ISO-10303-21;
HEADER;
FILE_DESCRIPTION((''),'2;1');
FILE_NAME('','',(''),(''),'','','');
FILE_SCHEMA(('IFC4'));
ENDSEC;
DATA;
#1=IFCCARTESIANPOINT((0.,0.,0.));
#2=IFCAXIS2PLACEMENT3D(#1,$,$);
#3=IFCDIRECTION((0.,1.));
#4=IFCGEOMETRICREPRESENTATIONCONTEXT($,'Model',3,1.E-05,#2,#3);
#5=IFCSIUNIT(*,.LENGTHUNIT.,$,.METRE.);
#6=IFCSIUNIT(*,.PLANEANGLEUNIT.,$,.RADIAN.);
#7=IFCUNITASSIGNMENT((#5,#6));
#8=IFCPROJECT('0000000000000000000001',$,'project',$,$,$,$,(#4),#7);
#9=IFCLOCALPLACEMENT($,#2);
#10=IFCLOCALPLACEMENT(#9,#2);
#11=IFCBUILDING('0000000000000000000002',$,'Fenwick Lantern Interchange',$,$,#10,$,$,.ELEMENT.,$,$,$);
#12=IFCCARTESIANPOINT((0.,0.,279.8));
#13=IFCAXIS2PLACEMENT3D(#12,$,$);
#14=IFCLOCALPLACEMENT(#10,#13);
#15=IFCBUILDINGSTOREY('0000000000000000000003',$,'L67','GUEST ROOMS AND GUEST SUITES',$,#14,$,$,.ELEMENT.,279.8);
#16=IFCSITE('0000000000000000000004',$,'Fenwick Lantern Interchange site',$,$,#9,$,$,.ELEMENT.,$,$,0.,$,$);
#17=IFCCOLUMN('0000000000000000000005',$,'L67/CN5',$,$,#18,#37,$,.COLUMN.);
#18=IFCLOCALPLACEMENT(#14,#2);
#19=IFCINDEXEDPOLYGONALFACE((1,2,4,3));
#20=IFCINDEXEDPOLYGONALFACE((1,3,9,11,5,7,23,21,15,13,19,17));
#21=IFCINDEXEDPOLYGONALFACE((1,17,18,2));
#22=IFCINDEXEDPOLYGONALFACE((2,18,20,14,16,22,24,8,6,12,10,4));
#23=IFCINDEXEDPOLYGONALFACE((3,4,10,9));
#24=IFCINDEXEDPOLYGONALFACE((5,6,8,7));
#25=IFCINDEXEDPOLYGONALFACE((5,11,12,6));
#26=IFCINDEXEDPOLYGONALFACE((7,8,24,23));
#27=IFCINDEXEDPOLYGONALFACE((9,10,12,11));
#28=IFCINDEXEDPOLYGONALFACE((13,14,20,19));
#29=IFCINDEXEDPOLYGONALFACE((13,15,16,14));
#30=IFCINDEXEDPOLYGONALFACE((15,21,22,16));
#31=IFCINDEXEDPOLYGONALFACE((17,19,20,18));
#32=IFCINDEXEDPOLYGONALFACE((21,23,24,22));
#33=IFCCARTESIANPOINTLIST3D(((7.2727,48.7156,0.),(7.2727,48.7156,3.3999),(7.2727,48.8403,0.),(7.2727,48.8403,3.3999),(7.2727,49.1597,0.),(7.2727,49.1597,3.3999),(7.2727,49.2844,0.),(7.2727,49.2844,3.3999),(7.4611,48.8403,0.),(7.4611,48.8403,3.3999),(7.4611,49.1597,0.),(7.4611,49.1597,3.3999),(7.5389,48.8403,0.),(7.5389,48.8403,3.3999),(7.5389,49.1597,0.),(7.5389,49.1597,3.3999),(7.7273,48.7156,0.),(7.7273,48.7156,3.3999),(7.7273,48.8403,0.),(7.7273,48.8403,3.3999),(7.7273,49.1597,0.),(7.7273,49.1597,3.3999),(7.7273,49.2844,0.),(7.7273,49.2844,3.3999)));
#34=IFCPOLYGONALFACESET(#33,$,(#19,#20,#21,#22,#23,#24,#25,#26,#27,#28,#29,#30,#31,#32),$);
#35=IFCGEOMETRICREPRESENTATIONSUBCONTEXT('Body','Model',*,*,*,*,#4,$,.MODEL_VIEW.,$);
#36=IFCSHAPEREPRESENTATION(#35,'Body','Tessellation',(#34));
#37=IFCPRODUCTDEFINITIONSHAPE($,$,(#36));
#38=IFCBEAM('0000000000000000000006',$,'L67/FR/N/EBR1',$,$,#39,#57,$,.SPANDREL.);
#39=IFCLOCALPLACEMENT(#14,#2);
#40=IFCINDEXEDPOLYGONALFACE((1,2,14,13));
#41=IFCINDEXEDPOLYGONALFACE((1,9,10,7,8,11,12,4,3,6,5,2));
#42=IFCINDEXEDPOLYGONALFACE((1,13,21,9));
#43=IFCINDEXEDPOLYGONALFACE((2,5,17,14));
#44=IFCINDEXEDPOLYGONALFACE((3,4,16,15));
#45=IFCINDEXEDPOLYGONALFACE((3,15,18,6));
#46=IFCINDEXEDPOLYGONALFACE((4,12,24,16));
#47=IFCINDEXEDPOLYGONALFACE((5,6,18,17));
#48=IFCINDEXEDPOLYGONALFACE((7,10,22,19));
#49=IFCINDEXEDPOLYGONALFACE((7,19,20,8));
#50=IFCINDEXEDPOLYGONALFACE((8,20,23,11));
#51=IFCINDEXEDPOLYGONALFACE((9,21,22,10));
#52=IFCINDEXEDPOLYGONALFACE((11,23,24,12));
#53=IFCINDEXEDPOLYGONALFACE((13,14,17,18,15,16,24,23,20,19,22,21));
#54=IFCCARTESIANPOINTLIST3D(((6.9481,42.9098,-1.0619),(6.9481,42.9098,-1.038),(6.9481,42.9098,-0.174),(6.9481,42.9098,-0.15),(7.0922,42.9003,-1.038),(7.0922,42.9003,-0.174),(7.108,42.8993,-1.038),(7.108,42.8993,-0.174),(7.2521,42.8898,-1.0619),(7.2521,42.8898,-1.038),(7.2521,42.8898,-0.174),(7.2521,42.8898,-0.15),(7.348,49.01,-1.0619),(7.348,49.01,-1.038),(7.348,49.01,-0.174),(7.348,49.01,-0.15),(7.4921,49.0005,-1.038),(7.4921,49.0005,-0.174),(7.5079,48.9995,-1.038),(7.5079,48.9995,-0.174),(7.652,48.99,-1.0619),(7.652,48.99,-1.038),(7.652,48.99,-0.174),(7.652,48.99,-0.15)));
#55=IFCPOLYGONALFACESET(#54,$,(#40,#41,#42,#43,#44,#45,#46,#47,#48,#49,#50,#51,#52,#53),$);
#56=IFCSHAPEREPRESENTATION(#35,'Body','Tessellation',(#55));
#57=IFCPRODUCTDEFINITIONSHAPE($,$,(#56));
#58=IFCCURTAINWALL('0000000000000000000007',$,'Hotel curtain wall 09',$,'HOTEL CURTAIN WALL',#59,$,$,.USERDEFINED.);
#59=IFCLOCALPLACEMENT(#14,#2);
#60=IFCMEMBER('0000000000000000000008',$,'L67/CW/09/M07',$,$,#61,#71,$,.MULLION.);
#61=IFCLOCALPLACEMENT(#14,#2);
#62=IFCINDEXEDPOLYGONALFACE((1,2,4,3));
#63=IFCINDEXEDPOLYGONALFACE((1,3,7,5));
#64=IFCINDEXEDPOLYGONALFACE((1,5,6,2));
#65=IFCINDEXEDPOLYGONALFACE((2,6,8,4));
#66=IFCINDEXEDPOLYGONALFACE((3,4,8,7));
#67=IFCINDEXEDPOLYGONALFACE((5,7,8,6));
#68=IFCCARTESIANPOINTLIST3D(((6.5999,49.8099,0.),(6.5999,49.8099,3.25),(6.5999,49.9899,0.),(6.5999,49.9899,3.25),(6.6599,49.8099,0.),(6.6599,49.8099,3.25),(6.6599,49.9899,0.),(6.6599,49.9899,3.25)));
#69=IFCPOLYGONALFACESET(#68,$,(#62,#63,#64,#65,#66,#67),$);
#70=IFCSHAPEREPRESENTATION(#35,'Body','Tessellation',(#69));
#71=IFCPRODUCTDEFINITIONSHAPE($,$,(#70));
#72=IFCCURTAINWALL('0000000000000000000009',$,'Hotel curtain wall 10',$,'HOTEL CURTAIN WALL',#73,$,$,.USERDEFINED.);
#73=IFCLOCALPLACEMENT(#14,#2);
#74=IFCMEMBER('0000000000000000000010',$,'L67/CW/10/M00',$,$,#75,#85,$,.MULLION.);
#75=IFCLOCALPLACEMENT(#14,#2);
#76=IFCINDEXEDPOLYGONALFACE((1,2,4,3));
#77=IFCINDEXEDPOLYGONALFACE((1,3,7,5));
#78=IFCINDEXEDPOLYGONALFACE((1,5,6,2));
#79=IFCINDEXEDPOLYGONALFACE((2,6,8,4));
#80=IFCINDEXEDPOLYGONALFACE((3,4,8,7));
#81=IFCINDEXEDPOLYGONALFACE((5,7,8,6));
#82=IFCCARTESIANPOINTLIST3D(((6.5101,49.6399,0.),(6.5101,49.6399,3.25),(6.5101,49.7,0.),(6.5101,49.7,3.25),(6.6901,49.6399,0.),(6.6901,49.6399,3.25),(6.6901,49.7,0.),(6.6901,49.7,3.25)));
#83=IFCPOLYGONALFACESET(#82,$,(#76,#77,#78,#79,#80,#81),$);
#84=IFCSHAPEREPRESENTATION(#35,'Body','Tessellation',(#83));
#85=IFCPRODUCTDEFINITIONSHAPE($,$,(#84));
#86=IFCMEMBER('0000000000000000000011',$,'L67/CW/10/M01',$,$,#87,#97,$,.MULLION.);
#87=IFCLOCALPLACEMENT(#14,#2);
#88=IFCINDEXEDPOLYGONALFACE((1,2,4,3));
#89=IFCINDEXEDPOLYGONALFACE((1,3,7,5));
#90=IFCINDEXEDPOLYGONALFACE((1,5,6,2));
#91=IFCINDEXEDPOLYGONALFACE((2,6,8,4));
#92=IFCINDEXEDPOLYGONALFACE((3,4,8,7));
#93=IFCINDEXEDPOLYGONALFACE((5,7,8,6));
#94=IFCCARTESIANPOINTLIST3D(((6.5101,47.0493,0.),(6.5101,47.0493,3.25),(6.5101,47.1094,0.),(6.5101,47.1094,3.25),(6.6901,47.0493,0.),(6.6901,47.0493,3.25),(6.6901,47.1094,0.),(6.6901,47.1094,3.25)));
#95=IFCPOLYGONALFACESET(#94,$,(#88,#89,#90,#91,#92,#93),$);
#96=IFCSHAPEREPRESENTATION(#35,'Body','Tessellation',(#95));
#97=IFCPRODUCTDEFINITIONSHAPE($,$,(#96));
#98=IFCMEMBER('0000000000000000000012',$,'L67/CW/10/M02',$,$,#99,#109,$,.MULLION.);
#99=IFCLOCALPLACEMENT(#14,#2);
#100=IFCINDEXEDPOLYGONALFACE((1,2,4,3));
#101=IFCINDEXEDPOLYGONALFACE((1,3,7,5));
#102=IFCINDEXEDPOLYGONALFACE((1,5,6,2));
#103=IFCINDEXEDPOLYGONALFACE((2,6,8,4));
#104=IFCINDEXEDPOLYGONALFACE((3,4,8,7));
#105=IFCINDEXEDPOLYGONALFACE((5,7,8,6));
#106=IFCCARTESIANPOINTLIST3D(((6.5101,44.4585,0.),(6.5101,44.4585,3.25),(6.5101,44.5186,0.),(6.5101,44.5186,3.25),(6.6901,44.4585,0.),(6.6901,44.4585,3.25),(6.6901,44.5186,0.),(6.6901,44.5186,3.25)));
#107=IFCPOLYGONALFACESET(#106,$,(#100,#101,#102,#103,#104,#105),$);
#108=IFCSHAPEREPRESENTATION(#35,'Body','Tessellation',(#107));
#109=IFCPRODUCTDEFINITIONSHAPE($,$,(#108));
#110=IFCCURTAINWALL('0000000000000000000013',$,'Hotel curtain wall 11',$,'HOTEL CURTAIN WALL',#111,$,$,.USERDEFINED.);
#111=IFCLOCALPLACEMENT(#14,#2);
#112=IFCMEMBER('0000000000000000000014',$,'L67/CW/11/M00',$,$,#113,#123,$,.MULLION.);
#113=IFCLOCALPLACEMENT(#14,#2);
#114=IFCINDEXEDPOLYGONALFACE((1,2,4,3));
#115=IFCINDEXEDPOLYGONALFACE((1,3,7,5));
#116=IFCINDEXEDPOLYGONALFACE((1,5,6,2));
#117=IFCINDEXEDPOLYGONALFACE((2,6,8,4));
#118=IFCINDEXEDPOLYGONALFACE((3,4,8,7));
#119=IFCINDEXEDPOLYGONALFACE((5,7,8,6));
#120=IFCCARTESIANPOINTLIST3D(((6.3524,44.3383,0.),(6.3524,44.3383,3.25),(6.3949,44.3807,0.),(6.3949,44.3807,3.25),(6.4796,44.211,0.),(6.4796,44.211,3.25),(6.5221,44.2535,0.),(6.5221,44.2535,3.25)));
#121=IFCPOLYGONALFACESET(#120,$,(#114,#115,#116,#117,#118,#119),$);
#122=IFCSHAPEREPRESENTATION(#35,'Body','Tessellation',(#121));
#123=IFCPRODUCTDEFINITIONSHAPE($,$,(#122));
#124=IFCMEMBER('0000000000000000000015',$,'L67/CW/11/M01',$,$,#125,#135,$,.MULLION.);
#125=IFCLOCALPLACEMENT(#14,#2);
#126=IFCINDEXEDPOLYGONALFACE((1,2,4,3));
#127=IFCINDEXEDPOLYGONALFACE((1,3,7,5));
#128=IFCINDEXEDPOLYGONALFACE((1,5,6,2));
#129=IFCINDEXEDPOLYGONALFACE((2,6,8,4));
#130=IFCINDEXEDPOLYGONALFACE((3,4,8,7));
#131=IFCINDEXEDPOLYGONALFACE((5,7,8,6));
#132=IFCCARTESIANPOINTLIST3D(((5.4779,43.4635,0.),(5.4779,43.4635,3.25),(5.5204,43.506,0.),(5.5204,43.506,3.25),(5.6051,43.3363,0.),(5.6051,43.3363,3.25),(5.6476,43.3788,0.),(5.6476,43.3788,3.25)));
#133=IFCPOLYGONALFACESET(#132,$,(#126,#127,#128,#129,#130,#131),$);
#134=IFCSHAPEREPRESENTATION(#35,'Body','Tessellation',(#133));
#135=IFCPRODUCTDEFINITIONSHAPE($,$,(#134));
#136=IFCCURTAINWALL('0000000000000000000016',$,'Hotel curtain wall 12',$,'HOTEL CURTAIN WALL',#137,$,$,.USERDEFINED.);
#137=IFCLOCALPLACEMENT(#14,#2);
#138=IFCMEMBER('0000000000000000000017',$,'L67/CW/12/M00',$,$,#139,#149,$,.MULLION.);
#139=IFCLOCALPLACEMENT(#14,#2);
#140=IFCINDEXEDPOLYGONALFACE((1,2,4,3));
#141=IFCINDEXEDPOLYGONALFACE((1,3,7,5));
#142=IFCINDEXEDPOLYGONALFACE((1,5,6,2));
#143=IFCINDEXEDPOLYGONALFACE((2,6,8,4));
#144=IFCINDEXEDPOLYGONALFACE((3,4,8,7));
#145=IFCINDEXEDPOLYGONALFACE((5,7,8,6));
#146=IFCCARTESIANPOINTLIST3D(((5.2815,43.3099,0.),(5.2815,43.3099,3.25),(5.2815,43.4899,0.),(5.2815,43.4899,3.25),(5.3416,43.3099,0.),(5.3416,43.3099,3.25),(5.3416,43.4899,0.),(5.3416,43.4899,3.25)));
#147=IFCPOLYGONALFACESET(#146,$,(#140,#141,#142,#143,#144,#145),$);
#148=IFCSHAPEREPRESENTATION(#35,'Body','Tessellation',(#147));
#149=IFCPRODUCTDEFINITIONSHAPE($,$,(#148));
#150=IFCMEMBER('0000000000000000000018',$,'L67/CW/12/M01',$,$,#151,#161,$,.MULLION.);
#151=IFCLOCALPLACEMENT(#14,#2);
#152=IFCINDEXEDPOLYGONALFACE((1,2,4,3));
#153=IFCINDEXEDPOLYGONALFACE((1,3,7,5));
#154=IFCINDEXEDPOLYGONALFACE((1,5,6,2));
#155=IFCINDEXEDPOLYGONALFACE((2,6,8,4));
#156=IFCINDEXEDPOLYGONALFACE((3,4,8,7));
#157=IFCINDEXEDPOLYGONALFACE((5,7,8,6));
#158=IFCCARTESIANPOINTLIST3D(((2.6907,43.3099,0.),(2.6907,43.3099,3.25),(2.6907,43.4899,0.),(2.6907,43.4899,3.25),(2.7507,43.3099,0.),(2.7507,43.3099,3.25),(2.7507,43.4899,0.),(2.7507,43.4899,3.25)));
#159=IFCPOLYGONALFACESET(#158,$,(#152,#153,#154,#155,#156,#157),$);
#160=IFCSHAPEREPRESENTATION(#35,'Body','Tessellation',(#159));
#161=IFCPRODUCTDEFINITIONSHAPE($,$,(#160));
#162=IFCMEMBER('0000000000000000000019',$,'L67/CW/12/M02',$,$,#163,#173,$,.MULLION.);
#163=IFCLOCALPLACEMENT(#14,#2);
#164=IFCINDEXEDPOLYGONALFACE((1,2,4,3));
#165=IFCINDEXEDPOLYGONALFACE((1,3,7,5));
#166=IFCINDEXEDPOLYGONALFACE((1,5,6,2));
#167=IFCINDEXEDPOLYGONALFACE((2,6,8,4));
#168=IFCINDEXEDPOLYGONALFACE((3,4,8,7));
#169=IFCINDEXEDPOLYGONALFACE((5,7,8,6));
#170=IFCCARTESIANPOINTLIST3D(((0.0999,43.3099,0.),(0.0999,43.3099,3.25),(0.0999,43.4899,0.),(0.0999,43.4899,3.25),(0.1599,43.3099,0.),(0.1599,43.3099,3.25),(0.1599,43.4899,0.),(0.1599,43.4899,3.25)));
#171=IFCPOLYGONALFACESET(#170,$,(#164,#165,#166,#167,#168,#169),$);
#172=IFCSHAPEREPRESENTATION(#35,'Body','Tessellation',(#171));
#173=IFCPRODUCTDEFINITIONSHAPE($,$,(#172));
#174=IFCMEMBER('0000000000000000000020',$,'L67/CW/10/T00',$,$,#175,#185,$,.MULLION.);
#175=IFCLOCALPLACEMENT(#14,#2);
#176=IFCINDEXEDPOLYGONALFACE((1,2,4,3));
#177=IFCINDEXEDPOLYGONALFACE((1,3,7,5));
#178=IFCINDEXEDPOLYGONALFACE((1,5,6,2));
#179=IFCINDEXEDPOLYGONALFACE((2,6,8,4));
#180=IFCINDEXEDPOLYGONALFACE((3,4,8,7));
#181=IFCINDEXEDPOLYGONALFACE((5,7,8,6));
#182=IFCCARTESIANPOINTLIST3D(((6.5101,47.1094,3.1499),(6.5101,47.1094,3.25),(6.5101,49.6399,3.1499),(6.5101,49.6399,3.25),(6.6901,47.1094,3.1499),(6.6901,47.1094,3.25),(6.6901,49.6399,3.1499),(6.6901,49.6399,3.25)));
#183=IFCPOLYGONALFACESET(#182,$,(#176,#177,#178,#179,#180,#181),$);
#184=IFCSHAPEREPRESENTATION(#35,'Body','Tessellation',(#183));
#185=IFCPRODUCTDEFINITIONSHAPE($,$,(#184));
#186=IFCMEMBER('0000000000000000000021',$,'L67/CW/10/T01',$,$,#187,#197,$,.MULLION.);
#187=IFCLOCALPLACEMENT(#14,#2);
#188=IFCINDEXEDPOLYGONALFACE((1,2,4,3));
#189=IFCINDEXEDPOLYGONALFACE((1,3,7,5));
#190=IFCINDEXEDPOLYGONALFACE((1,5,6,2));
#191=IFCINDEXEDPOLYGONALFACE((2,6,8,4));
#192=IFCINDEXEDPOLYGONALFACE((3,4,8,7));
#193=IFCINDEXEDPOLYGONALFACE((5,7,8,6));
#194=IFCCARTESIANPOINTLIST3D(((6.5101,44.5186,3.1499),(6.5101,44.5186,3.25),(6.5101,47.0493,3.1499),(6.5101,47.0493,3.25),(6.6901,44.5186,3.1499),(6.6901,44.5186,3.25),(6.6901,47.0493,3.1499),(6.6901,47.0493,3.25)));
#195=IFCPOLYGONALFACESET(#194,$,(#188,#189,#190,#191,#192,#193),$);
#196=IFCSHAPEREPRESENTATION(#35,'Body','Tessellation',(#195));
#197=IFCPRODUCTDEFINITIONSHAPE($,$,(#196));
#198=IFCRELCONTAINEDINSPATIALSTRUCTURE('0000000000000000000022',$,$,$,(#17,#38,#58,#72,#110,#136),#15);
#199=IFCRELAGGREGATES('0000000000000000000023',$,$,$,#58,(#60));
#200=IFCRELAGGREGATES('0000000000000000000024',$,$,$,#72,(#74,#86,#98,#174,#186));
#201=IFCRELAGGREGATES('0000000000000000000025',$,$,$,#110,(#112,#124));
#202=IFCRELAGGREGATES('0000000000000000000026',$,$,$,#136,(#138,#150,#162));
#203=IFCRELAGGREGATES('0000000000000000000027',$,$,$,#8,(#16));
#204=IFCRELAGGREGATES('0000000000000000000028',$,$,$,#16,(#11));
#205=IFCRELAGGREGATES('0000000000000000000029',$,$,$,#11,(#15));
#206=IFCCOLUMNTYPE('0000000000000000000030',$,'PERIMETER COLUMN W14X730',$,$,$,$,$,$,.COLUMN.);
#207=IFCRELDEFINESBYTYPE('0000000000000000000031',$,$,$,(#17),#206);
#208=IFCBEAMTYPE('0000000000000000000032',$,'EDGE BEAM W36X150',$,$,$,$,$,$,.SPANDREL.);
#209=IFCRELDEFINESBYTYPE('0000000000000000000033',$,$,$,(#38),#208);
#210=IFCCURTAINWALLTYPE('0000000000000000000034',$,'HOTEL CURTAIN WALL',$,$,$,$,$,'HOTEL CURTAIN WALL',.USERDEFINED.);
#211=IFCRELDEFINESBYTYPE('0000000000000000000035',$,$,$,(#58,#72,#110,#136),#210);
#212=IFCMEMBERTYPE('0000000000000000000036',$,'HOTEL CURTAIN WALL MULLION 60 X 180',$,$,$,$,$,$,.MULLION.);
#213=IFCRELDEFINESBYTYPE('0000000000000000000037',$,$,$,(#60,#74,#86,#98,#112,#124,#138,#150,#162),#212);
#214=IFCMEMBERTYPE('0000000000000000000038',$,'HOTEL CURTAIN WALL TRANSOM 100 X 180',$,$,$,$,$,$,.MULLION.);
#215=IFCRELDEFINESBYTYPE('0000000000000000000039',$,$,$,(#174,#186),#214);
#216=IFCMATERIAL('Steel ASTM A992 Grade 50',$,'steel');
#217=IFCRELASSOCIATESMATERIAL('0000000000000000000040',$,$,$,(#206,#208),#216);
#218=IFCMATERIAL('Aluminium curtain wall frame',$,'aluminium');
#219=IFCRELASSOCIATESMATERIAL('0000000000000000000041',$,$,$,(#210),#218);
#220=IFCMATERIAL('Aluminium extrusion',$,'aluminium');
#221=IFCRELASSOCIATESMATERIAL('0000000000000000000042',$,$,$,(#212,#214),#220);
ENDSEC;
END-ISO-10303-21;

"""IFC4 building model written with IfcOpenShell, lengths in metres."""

from ifc_helpers import new_model, si_unit, direction, frame, origin, origin_2d, place, context, subcontext, project, spatial, rectangle, i_section, extrude, material, material_profile, profile_set, type_object, element, aggregate, save


model = new_model("IFC4")

# Units and contexts
model_context = context("Model", 3, precision=1e-05, world=origin(), true_north=direction((0.0, 1.0)))
body_context = subcontext(model_context, "Body", "Model", "MODEL_VIEW")
ifc_project = project(units=[si_unit("LENGTHUNIT", "METRE"), si_unit("PLANEANGLEUNIT", "RADIAN")], contexts=[model_context])

# Site, building, storey
site_placement = place(None, origin())
site = spatial("IfcSite", under=ifc_project, at=site_placement, Name="Fenwick Lantern Interchange site", CompositionType="ELEMENT", RefElevation=0.0)
building_placement = place(site_placement, origin())
building = spatial("IfcBuilding", under=site, at=building_placement, Name="Fenwick Lantern Interchange", CompositionType="ELEMENT")
storey_placement = place(building_placement, frame((0.0, 0.0, 279.8)))
storey = spatial("IfcBuildingStorey", under=building, at=storey_placement, Name="L67", Description="GUEST ROOMS AND GUEST SUITES", CompositionType="ELEMENT", Elevation=279.8)

# Column
ifc_material_1 = material(Name="Steel ASTM A992 Grade 50", Category="steel")
ifc_material_profile_1 = material_profile(ifc_material_1, i_section(OverallWidth=0.4546, OverallDepth=0.5688, WebThickness=0.0779, FlangeThickness=0.1248, at=origin_2d()), Name="W14X730")
ifc_profile_set_1 = profile_set([ifc_material_profile_1], Name="Steel ASTM A992 Grade 50")
column_type = type_object("IfcColumnType", Name="PERIMETER COLUMN W14X730", PredefinedType="COLUMN", material=ifc_profile_set_1)
column_placement = place(storey_placement, frame((7.5, 49.0, 0.0), z_axis=(0.0, 0.0, 1.0), x_axis=(1.0, 0.0, 0.0)))
element("IfcColumn", 1, at=column_placement, inside=storey, type_object=column_type, Name="L67/CN5", PredefinedType="COLUMN", context=body_context, shape_type="SweptSolid", body=[
    extrude(i_section(OverallWidth=0.4546, OverallDepth=0.5688, WebThickness=0.0779, FlangeThickness=0.1248, at=origin_2d()), origin(), (0.0, 0.0, 1.0), 3.3999),
])

# Beam
ifc_material_profile_2 = material_profile(ifc_material_1, i_section(OverallWidth=0.3047, OverallDepth=0.9119, WebThickness=0.0159, FlangeThickness=0.0239, at=origin_2d()), Name="W36X150")
ifc_profile_set_2 = profile_set([ifc_material_profile_2], Name="Steel ASTM A992 Grade 50")
beam_type = type_object("IfcBeamType", Name="EDGE BEAM W36X150", PredefinedType="SPANDREL", material=ifc_profile_set_2)
beam_placement = place(storey_placement, frame((7.5, 49.0, -0.606), z_axis=(-0.065416, -0.997858, 0.0), x_axis=(0.997858, -0.065416, 0.0)))
element("IfcBeam", 2, at=beam_placement, inside=storey, type_object=beam_type, Name="L67/FR/N/EBR1", PredefinedType="SPANDREL", context=body_context, shape_type="SweptSolid", body=[
    extrude(i_section(OverallWidth=0.3047, OverallDepth=0.9119, WebThickness=0.0159, FlangeThickness=0.0239, at=origin_2d()), origin(), (0.0, 0.0, 1.0), 6.1133),
])

# Curtain wall, member
ifc_material_2 = material(Name="Aluminium curtain wall frame", Category="aluminium")
curtain_wall_type = type_object("IfcCurtainWallType", Name="HOTEL CURTAIN WALL", ElementType="HOTEL CURTAIN WALL", PredefinedType="USERDEFINED", material=ifc_material_2)
curtain_wall_1_placement = place(storey_placement, origin())
curtain_wall_1 = element("IfcCurtainWall", 3, at=curtain_wall_1_placement, inside=storey, type_object=curtain_wall_type, Name="Hotel curtain wall 09", ObjectType="HOTEL CURTAIN WALL", PredefinedType="USERDEFINED")
ifc_material_3 = material(Name="Aluminium extrusion", Category="aluminium")
ifc_material_profile_3 = material_profile(ifc_material_3, rectangle(XDim=0.1799, YDim=0.0601, at=origin_2d()), Name="HOTEL CURTAIN WALL MULLION 60 X 180")
ifc_profile_set_3 = profile_set([ifc_material_profile_3], Name="Aluminium extrusion")
member_type_1 = type_object("IfcMemberType", Name="HOTEL CURTAIN WALL MULLION 60 X 180", PredefinedType="MULLION", material=ifc_profile_set_3)
member_1_placement = place(storey_placement, frame((6.6299, 49.8999, 0.0), z_axis=(0.0, 0.0, 1.0), x_axis=(0.0, -1.0, 0.0)))
member_1 = element("IfcMember", 4, at=member_1_placement, type_object=member_type_1, Name="L67/CW/09/M07", PredefinedType="MULLION", context=body_context, shape_type="SweptSolid", body=[
    extrude(rectangle(XDim=0.1799, YDim=0.0601, at=origin_2d()), origin(), (0.0, 0.0, 1.0), 3.25),
])
aggregate(curtain_wall_1, [member_1])

# Curtain walls, members
curtain_wall_2_placement = place(storey_placement, origin())
curtain_wall_2 = element("IfcCurtainWall", 5, at=curtain_wall_2_placement, inside=storey, type_object=curtain_wall_type, Name="Hotel curtain wall 10", ObjectType="HOTEL CURTAIN WALL", PredefinedType="USERDEFINED")
member_2_placement = place(storey_placement, frame((6.6001, 49.6699, 0.0), z_axis=(0.0, 0.0, 1.0), x_axis=(1.0, 0.0, 0.0)))
member_2 = element("IfcMember", 6, at=member_2_placement, type_object=member_type_1, Name="L67/CW/10/M00", PredefinedType="MULLION", context=body_context, shape_type="SweptSolid", body=[
    extrude(rectangle(XDim=0.1799, YDim=0.0601, at=origin_2d()), origin(), (0.0, 0.0, 1.0), 3.25),
])
member_3_placement = place(storey_placement, frame((6.6001, 47.0793, 0.0), z_axis=(0.0, 0.0, 1.0), x_axis=(1.0, 0.0, 0.0)))
member_3 = element("IfcMember", 7, at=member_3_placement, type_object=member_type_1, Name="L67/CW/10/M01", PredefinedType="MULLION", context=body_context, shape_type="SweptSolid", body=[
    extrude(rectangle(XDim=0.1799, YDim=0.0601, at=origin_2d()), origin(), (0.0, 0.0, 1.0), 3.25),
])
member_4_placement = place(storey_placement, frame((6.6001, 44.4885, 0.0), z_axis=(0.0, 0.0, 1.0), x_axis=(1.0, 0.0, 0.0)))
member_4 = element("IfcMember", 8, at=member_4_placement, type_object=member_type_1, Name="L67/CW/10/M02", PredefinedType="MULLION", context=body_context, shape_type="SweptSolid", body=[
    extrude(rectangle(XDim=0.1799, YDim=0.0601, at=origin_2d()), origin(), (0.0, 0.0, 1.0), 3.25),
])
curtain_wall_3_placement = place(storey_placement, origin())
curtain_wall_3 = element("IfcCurtainWall", 9, at=curtain_wall_3_placement, inside=storey, type_object=curtain_wall_type, Name="Hotel curtain wall 11", ObjectType="HOTEL CURTAIN WALL", PredefinedType="USERDEFINED")
member_5_placement = place(storey_placement, frame((6.4373, 44.2959, 0.0), z_axis=(0.0, 0.0, 1.0), x_axis=(0.707107, -0.707107, 0.0)))
member_5 = element("IfcMember", 10, at=member_5_placement, type_object=member_type_1, Name="L67/CW/11/M00", PredefinedType="MULLION", context=body_context, shape_type="SweptSolid", body=[
    extrude(rectangle(XDim=0.1799, YDim=0.0601, at=origin_2d()), origin(), (0.0, 0.0, 1.0), 3.25),
])
member_6_placement = place(storey_placement, frame((5.5627, 43.4211, 0.0), z_axis=(0.0, 0.0, 1.0), x_axis=(0.707107, -0.707107, 0.0)))
member_6 = element("IfcMember", 11, at=member_6_placement, type_object=member_type_1, Name="L67/CW/11/M01", PredefinedType="MULLION", context=body_context, shape_type="SweptSolid", body=[
    extrude(rectangle(XDim=0.1799, YDim=0.0601, at=origin_2d()), origin(), (0.0, 0.0, 1.0), 3.25),
])
curtain_wall_4_placement = place(storey_placement, origin())
curtain_wall_4 = element("IfcCurtainWall", 12, at=curtain_wall_4_placement, inside=storey, type_object=curtain_wall_type, Name="Hotel curtain wall 12", ObjectType="HOTEL CURTAIN WALL", PredefinedType="USERDEFINED")
member_7_placement = place(storey_placement, frame((5.3115, 43.3999, 0.0), z_axis=(0.0, 0.0, 1.0), x_axis=(0.0, -1.0, 0.0)))
member_7 = element("IfcMember", 13, at=member_7_placement, type_object=member_type_1, Name="L67/CW/12/M00", PredefinedType="MULLION", context=body_context, shape_type="SweptSolid", body=[
    extrude(rectangle(XDim=0.1799, YDim=0.0601, at=origin_2d()), origin(), (0.0, 0.0, 1.0), 3.25),
])
member_8_placement = place(storey_placement, frame((2.7207, 43.3999, 0.0), z_axis=(0.0, 0.0, 1.0), x_axis=(0.0, -1.0, 0.0)))
member_8 = element("IfcMember", 14, at=member_8_placement, type_object=member_type_1, Name="L67/CW/12/M01", PredefinedType="MULLION", context=body_context, shape_type="SweptSolid", body=[
    extrude(rectangle(XDim=0.1799, YDim=0.0601, at=origin_2d()), origin(), (0.0, 0.0, 1.0), 3.25),
])
member_9_placement = place(storey_placement, frame((0.1299, 43.3999, 0.0), z_axis=(0.0, 0.0, 1.0), x_axis=(0.0, -1.0, 0.0)))
member_9 = element("IfcMember", 15, at=member_9_placement, type_object=member_type_1, Name="L67/CW/12/M02", PredefinedType="MULLION", context=body_context, shape_type="SweptSolid", body=[
    extrude(rectangle(XDim=0.1799, YDim=0.0601, at=origin_2d()), origin(), (0.0, 0.0, 1.0), 3.25),
])

# Members
ifc_material_profile_4 = material_profile(ifc_material_3, rectangle(XDim=0.1799, YDim=0.1001, at=origin_2d()), Name="HOTEL CURTAIN WALL TRANSOM 100 X 180")
ifc_profile_set_4 = profile_set([ifc_material_profile_4], Name="Aluminium extrusion")
member_type_2 = type_object("IfcMemberType", Name="HOTEL CURTAIN WALL TRANSOM 100 X 180", PredefinedType="MULLION", material=ifc_profile_set_4)
member_10_placement = place(storey_placement, frame((6.6001, 49.6399, 3.2), z_axis=(0.0, -1.0, 0.0), x_axis=(1.0, 0.0, 0.0)))
member_10 = element("IfcMember", 16, at=member_10_placement, type_object=member_type_2, Name="L67/CW/10/T00", PredefinedType="MULLION", context=body_context, shape_type="SweptSolid", body=[
    extrude(rectangle(XDim=0.1799, YDim=0.1001, at=origin_2d()), origin(), (0.0, 0.0, 1.0), 2.5305),
])
member_11_placement = place(storey_placement, frame((6.6001, 47.0493, 3.2), z_axis=(0.0, -1.0, 0.0), x_axis=(1.0, 0.0, 0.0)))
member_11 = element("IfcMember", 17, at=member_11_placement, type_object=member_type_2, Name="L67/CW/10/T01", PredefinedType="MULLION", context=body_context, shape_type="SweptSolid", body=[
    extrude(rectangle(XDim=0.1799, YDim=0.1001, at=origin_2d()), origin(), (0.0, 0.0, 1.0), 2.5308),
])

aggregate(curtain_wall_2, [member_2, member_3, member_4, member_10, member_11])
aggregate(curtain_wall_3, [member_5, member_6])
aggregate(curtain_wall_4, [member_7, member_8, member_9])

save(model, "model.ifc")
